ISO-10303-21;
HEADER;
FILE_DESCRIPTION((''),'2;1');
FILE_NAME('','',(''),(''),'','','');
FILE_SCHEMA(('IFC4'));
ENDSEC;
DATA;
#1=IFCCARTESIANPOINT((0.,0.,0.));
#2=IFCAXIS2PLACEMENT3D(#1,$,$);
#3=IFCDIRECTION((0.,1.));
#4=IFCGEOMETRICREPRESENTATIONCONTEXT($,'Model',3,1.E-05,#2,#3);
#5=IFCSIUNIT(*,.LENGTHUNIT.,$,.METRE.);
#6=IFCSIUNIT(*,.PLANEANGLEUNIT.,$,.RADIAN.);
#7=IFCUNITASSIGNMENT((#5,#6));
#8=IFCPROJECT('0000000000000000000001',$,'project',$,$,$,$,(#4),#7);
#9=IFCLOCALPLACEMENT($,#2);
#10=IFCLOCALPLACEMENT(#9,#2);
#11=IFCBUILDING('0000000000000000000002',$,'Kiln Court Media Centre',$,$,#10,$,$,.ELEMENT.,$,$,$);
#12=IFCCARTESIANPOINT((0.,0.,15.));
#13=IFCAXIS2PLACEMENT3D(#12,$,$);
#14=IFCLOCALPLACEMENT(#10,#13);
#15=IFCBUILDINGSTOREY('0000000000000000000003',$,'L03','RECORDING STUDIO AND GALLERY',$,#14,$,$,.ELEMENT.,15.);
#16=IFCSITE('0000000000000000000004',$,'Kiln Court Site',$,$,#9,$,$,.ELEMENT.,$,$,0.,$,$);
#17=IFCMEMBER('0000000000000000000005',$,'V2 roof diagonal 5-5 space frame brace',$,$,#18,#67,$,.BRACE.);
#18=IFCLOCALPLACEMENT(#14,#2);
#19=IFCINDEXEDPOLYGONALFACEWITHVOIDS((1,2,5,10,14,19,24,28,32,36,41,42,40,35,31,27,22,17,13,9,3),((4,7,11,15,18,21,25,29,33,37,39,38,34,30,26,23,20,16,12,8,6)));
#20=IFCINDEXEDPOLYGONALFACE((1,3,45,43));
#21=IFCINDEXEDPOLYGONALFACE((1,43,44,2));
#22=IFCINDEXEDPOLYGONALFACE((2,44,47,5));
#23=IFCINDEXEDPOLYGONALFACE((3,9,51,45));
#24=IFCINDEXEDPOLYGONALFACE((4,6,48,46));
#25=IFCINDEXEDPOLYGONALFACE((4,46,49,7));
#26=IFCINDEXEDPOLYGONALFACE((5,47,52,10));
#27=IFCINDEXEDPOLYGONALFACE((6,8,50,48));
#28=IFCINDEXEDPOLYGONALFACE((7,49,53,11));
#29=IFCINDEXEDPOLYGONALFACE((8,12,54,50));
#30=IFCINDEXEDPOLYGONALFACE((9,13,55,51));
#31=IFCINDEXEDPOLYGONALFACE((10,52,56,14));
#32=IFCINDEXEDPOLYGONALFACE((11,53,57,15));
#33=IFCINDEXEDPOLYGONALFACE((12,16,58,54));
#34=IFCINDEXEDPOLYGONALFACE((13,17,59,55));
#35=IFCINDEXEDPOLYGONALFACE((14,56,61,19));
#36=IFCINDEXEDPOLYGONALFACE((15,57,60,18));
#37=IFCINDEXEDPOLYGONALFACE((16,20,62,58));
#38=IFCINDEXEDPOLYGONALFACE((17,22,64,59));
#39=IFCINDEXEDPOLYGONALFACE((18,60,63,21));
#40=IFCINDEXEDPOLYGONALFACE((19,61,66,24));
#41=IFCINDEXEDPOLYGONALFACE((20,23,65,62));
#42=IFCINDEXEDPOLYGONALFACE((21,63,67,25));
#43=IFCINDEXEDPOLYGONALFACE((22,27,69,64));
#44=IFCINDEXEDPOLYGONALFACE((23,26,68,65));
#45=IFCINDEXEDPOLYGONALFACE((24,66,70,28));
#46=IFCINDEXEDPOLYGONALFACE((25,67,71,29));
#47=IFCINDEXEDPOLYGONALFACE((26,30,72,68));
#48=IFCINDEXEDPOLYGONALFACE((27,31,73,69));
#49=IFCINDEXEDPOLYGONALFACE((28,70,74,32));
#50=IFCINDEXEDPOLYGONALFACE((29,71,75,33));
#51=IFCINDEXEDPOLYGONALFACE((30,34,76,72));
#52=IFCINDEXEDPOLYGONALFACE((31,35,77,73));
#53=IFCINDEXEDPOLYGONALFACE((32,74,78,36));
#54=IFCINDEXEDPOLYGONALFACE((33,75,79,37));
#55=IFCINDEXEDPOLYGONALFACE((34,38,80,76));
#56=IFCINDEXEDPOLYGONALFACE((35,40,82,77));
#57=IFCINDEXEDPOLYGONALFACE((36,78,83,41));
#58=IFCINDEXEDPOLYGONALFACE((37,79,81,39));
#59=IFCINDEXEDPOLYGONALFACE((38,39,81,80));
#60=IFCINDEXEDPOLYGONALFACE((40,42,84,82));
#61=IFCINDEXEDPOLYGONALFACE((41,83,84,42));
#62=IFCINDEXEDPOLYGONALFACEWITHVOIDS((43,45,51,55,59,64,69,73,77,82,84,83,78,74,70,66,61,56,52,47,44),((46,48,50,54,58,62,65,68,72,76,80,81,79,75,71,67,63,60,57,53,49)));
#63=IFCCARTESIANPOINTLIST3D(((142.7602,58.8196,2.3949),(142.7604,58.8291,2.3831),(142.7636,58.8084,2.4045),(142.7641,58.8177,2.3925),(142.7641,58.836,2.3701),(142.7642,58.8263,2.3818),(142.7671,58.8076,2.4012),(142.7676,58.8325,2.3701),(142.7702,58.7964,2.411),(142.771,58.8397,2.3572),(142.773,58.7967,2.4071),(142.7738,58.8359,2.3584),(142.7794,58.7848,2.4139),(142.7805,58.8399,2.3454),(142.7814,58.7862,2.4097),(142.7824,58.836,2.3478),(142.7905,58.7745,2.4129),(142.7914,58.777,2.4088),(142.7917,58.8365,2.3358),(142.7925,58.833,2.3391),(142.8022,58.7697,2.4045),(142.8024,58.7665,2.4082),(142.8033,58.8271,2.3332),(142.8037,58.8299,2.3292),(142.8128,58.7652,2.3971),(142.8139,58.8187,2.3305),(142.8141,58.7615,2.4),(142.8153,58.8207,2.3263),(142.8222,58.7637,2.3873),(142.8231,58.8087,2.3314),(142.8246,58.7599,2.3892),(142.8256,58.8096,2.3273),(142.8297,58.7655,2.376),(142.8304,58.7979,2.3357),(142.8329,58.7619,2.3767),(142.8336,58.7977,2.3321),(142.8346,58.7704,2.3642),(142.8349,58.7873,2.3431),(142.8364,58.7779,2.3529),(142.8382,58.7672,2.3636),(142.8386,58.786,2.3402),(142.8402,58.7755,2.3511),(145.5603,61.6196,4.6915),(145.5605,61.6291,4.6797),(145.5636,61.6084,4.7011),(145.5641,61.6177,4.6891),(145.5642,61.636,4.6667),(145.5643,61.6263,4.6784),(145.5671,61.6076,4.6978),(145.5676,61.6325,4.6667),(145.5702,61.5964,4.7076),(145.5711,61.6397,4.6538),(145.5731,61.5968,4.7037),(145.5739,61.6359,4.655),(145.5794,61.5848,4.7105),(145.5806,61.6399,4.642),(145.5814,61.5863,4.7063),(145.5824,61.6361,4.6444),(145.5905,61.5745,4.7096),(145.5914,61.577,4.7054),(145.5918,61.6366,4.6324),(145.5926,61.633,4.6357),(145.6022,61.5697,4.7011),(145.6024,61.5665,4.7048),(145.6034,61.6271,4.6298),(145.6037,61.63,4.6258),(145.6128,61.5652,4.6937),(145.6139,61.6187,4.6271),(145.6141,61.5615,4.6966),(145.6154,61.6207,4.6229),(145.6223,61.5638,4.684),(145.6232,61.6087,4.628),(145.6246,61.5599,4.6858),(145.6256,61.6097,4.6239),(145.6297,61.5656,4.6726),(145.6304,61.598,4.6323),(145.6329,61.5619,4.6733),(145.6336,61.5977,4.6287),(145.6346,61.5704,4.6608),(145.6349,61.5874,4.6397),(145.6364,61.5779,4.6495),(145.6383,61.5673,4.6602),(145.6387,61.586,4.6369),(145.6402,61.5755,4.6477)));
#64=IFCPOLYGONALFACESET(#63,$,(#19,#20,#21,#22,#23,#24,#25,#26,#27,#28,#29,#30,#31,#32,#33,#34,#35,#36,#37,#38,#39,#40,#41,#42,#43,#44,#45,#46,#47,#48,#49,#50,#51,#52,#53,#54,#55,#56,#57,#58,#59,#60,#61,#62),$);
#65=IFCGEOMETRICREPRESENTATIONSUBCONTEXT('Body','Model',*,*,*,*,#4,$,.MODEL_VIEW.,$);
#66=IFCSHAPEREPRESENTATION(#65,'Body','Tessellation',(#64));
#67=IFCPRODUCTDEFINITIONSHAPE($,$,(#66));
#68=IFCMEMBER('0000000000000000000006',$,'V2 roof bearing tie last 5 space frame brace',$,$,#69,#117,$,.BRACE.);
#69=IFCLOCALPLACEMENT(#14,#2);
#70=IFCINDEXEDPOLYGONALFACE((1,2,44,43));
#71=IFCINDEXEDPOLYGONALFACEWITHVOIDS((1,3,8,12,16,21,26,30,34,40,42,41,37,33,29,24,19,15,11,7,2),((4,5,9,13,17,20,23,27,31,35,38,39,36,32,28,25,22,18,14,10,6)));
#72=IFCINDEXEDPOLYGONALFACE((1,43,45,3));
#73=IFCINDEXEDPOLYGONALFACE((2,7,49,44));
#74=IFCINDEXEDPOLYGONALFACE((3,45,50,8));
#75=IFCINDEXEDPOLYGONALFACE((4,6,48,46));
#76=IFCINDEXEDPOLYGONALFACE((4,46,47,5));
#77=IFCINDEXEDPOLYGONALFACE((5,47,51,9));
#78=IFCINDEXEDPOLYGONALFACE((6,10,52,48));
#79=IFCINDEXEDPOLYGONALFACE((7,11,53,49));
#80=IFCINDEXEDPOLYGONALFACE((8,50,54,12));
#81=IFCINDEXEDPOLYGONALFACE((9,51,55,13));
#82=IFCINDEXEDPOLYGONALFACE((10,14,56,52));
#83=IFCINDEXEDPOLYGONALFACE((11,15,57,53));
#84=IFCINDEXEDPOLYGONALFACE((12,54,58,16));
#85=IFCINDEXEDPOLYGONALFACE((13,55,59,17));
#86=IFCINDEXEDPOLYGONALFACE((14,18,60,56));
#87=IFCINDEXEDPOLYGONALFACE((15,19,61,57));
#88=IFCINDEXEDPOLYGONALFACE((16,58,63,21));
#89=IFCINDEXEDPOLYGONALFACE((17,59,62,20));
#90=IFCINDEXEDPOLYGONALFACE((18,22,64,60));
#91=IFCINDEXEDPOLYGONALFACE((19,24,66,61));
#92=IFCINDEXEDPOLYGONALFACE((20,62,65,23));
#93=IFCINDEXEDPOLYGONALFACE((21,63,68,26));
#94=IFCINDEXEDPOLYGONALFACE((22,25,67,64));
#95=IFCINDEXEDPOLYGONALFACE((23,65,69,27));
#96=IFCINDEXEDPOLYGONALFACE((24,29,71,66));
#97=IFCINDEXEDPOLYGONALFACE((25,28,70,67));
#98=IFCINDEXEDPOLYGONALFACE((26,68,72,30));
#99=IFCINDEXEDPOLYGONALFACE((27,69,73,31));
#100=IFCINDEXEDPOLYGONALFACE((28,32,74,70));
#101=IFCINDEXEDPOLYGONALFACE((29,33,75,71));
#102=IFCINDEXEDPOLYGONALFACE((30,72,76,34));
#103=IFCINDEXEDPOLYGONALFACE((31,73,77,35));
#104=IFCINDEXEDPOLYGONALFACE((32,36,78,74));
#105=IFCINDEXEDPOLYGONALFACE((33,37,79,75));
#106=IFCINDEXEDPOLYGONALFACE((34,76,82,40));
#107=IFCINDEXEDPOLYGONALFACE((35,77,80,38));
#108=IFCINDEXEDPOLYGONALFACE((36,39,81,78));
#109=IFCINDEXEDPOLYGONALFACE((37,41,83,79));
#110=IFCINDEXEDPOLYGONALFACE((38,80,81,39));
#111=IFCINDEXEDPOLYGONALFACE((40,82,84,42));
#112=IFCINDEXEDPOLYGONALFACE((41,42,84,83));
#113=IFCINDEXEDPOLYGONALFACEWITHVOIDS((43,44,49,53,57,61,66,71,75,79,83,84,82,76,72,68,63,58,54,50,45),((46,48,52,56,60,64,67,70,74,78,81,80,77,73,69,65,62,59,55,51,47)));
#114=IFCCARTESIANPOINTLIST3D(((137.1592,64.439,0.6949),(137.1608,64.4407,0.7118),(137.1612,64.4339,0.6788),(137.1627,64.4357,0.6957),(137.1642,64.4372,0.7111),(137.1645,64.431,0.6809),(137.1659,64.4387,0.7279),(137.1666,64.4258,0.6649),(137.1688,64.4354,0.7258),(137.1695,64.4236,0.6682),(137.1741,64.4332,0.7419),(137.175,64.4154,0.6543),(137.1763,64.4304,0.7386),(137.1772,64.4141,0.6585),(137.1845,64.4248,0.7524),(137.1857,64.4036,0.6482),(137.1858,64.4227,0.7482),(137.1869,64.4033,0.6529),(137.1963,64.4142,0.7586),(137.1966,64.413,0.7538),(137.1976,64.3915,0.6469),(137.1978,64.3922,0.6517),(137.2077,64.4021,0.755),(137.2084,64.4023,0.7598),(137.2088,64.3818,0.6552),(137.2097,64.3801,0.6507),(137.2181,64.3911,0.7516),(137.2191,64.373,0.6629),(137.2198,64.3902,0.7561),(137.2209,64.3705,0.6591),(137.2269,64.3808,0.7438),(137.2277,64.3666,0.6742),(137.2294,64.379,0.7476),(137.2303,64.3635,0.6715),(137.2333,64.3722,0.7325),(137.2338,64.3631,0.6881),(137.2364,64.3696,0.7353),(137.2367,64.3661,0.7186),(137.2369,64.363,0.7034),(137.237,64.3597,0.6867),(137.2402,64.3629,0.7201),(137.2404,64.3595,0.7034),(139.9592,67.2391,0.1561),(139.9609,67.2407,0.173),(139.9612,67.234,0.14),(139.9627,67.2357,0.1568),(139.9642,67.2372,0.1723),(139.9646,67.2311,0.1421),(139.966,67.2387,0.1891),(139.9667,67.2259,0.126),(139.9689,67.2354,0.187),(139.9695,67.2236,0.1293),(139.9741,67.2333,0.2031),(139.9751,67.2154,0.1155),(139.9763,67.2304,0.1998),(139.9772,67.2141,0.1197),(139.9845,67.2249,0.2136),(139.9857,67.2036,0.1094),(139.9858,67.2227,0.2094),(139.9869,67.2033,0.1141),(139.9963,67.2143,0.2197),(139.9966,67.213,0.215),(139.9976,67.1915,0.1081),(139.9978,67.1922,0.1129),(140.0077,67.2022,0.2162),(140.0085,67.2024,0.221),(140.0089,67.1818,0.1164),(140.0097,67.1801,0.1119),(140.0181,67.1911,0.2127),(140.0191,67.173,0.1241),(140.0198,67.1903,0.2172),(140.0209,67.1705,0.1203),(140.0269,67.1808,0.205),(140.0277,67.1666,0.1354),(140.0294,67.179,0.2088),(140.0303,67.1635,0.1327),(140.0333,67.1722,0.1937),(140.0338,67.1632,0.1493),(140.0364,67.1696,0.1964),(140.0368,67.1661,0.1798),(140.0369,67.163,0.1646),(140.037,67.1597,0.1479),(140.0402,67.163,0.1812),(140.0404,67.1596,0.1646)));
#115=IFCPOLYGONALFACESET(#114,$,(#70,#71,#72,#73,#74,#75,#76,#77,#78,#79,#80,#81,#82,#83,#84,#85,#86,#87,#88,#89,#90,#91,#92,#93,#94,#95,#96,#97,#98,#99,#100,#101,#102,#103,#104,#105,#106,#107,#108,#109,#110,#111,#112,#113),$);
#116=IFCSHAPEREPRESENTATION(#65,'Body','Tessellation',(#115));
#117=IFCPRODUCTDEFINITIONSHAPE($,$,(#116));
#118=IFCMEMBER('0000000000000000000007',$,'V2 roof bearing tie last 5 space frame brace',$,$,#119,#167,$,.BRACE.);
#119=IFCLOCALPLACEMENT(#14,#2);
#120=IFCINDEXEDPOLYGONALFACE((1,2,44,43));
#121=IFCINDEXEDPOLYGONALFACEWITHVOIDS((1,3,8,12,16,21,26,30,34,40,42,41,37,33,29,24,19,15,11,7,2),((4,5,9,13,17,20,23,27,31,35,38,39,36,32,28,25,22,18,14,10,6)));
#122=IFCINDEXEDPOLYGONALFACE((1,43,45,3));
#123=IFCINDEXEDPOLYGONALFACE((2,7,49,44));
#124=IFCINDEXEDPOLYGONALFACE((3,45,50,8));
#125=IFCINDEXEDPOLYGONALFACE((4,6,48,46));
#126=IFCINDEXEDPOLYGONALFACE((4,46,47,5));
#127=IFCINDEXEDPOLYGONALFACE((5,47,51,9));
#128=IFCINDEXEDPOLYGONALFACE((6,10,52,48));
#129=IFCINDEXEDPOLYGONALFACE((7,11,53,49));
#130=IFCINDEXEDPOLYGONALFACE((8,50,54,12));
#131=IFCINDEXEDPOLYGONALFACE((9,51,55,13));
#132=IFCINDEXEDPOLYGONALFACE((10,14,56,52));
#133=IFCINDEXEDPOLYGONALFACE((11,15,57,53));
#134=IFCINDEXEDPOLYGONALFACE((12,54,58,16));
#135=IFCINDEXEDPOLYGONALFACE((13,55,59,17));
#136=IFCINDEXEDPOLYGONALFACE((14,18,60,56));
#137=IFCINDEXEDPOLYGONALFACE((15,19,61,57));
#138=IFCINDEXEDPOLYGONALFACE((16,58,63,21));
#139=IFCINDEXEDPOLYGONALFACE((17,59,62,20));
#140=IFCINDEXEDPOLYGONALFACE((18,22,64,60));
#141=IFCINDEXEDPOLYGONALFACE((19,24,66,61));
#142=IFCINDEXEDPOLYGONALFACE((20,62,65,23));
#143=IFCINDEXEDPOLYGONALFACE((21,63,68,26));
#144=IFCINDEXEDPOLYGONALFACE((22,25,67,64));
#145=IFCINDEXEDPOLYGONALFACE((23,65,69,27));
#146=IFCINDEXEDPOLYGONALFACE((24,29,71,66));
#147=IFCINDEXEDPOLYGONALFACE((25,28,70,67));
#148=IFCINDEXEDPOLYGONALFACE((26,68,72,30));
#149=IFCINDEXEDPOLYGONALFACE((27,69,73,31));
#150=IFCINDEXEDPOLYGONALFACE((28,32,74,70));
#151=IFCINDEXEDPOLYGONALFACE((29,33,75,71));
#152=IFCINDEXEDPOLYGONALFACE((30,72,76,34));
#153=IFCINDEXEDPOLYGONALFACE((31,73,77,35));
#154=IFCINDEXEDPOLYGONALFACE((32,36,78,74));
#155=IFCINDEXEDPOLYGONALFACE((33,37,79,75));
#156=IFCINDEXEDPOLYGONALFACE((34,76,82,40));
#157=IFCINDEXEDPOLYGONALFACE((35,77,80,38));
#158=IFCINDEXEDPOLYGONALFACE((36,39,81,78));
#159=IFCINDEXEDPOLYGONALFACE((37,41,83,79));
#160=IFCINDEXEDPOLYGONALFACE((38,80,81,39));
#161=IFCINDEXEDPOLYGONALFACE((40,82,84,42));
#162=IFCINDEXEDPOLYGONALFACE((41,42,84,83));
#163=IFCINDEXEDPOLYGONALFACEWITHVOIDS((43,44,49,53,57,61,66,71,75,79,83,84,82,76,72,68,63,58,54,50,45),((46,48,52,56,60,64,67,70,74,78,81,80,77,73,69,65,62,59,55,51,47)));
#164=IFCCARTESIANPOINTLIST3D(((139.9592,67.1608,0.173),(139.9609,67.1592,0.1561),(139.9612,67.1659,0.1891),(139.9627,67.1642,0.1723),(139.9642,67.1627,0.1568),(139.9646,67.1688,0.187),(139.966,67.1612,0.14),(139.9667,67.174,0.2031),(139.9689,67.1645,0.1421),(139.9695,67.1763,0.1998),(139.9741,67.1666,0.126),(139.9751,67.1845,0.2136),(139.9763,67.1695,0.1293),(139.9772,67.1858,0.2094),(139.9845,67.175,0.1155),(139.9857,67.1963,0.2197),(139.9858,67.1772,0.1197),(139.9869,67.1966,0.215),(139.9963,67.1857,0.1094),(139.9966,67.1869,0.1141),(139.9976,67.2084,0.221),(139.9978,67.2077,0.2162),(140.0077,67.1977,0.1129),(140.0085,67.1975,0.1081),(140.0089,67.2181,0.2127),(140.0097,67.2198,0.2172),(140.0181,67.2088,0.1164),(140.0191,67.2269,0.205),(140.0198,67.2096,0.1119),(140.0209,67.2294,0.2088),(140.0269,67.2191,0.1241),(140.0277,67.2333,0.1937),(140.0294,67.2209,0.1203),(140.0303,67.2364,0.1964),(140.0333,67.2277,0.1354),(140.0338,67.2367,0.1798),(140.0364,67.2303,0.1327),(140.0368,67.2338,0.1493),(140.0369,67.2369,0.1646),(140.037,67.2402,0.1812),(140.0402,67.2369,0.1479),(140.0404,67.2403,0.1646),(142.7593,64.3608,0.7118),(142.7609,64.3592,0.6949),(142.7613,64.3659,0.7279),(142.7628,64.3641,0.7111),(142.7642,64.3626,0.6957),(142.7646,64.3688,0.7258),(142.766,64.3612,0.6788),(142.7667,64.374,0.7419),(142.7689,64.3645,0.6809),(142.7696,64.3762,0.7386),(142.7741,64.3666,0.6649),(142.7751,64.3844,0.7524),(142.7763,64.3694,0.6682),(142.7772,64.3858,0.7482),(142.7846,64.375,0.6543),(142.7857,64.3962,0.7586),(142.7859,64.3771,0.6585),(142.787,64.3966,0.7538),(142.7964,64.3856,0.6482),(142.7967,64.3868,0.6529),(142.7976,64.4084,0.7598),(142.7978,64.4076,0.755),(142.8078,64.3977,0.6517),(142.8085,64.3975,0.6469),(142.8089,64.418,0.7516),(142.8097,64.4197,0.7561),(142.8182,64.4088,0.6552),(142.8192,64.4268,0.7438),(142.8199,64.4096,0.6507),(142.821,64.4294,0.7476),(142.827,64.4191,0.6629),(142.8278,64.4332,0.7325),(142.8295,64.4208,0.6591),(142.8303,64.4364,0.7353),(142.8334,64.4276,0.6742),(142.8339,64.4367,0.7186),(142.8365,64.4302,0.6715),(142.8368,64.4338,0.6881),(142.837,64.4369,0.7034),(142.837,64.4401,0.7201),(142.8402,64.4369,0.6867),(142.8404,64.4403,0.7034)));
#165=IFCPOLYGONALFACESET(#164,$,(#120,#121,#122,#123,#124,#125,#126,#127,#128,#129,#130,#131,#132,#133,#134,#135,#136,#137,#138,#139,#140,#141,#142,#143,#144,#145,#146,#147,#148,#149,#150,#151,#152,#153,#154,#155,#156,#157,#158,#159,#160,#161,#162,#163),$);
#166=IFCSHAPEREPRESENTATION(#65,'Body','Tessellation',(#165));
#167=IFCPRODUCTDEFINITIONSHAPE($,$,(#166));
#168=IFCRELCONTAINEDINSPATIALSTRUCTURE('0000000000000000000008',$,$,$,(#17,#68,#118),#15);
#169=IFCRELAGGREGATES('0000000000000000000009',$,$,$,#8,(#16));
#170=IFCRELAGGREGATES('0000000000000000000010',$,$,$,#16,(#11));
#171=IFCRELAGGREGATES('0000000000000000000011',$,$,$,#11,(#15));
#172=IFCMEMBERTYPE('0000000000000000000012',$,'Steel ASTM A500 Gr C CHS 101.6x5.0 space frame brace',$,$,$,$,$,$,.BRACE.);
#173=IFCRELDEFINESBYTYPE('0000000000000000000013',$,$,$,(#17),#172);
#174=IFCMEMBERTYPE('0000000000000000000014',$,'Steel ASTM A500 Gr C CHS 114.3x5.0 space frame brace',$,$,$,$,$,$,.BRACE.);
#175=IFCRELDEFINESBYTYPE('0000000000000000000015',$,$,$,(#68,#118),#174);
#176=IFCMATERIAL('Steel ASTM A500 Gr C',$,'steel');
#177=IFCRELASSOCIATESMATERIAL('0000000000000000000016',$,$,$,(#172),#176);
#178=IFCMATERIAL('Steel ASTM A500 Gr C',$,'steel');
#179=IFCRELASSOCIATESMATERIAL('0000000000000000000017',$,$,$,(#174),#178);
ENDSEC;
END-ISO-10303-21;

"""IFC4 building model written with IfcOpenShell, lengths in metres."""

from ifc_helpers import new_model, si_unit, direction, frame, origin, origin_2d, place, context, subcontext, project, spatial, hollow_circle, extrude, material, material_profile, profile_set, type_object, element, save


model = new_model("IFC4")

# Units and contexts
model_context = context("Model", 3, precision=1e-05, world=origin(), true_north=direction((0.0, 1.0)))
body_context = subcontext(model_context, "Body", "Model", "MODEL_VIEW")
ifc_project = project(units=[si_unit("LENGTHUNIT", "METRE"), si_unit("PLANEANGLEUNIT", "RADIAN")], contexts=[model_context])

# Site, building, storey
site_placement = place(None, origin())
site = spatial("IfcSite", under=ifc_project, at=site_placement, Name="Kiln Court Site", CompositionType="ELEMENT", RefElevation=0.0)
building_placement = place(site_placement, origin())
building = spatial("IfcBuilding", under=site, at=building_placement, Name="Kiln Court Media Centre", CompositionType="ELEMENT")
storey_placement = place(building_placement, frame((0.0, 0.0, 15.0)))
storey = spatial("IfcBuildingStorey", under=building, at=storey_placement, Name="L03", Description="RECORDING STUDIO AND GALLERY", CompositionType="ELEMENT", Elevation=15.0)

# Members
ifc_material_1 = material(Name="Steel ASTM A500 Gr C", Category="steel")
ifc_material_profile_1 = material_profile(ifc_material_1, hollow_circle(Radius=0.0508, WallThickness=0.0049, at=origin_2d()), Name="CHS 101.6x5.0")
ifc_profile_set_1 = profile_set([ifc_material_profile_1], Name="Steel ASTM A500 Gr C")
member_type_1 = type_object("IfcMemberType", Name="Steel ASTM A500 Gr C CHS 101.6x5.0 space frame brace", PredefinedType="BRACE", material=ifc_profile_set_1)
member_1_placement = place(storey_placement, frame((142.8, 58.8, 2.3701), z_axis=(0.611676, 0.611676, 0.501703), x_axis=(-0.707107, 0.707107, 0.0)))
element("IfcMember", 1, at=member_1_placement, inside=storey, type_object=member_type_1, Name="V2 roof diagonal 5-5 space frame brace", PredefinedType="BRACE", context=body_context, shape_type="SweptSolid", body=[
    extrude(hollow_circle(Radius=0.0508, WallThickness=0.0049, at=origin_2d()), origin(), (0.0, 0.0, 1.0), 4.5776),
])
ifc_material_2 = material(Name="Steel ASTM A500 Gr C", Category="steel")
ifc_material_profile_2 = material_profile(ifc_material_2, hollow_circle(Radius=0.0571, WallThickness=0.0049, at=origin_2d()), Name="CHS 114.3x5.0")
ifc_profile_set_2 = profile_set([ifc_material_profile_2], Name="Steel ASTM A500 Gr C")
member_type_2 = type_object("IfcMemberType", Name="Steel ASTM A500 Gr C CHS 114.3x5.0 space frame brace", PredefinedType="BRACE", material=ifc_profile_set_2)
for number, where, z_axis, x_axis, name in (
    (2, (140.0, 67.2, 0.1646), (-0.70065, -0.70065, 0.134827), (0.707107, -0.707107, 0.0), "V2 roof bearing tie last 5 space frame brace"),
    (3, (140.0, 67.2, 0.1646), (0.70065, -0.70065, 0.134827), (0.707107, 0.707107, 0.0), "V2 roof bearing tie last 5 space frame brace"),
):
    element("IfcMember", number, at=place(storey_placement, frame(where, z_axis=z_axis, x_axis=x_axis)), inside=storey, type_object=member_type_2, Name=name, PredefinedType="BRACE", context=body_context, shape_type="SweptSolid", body=[
        extrude(hollow_circle(Radius=0.0571, WallThickness=0.0049, at=origin_2d()), origin(), (0.0, 0.0, 1.0), 3.9963),
    ])

save(model, "model.ifc")
